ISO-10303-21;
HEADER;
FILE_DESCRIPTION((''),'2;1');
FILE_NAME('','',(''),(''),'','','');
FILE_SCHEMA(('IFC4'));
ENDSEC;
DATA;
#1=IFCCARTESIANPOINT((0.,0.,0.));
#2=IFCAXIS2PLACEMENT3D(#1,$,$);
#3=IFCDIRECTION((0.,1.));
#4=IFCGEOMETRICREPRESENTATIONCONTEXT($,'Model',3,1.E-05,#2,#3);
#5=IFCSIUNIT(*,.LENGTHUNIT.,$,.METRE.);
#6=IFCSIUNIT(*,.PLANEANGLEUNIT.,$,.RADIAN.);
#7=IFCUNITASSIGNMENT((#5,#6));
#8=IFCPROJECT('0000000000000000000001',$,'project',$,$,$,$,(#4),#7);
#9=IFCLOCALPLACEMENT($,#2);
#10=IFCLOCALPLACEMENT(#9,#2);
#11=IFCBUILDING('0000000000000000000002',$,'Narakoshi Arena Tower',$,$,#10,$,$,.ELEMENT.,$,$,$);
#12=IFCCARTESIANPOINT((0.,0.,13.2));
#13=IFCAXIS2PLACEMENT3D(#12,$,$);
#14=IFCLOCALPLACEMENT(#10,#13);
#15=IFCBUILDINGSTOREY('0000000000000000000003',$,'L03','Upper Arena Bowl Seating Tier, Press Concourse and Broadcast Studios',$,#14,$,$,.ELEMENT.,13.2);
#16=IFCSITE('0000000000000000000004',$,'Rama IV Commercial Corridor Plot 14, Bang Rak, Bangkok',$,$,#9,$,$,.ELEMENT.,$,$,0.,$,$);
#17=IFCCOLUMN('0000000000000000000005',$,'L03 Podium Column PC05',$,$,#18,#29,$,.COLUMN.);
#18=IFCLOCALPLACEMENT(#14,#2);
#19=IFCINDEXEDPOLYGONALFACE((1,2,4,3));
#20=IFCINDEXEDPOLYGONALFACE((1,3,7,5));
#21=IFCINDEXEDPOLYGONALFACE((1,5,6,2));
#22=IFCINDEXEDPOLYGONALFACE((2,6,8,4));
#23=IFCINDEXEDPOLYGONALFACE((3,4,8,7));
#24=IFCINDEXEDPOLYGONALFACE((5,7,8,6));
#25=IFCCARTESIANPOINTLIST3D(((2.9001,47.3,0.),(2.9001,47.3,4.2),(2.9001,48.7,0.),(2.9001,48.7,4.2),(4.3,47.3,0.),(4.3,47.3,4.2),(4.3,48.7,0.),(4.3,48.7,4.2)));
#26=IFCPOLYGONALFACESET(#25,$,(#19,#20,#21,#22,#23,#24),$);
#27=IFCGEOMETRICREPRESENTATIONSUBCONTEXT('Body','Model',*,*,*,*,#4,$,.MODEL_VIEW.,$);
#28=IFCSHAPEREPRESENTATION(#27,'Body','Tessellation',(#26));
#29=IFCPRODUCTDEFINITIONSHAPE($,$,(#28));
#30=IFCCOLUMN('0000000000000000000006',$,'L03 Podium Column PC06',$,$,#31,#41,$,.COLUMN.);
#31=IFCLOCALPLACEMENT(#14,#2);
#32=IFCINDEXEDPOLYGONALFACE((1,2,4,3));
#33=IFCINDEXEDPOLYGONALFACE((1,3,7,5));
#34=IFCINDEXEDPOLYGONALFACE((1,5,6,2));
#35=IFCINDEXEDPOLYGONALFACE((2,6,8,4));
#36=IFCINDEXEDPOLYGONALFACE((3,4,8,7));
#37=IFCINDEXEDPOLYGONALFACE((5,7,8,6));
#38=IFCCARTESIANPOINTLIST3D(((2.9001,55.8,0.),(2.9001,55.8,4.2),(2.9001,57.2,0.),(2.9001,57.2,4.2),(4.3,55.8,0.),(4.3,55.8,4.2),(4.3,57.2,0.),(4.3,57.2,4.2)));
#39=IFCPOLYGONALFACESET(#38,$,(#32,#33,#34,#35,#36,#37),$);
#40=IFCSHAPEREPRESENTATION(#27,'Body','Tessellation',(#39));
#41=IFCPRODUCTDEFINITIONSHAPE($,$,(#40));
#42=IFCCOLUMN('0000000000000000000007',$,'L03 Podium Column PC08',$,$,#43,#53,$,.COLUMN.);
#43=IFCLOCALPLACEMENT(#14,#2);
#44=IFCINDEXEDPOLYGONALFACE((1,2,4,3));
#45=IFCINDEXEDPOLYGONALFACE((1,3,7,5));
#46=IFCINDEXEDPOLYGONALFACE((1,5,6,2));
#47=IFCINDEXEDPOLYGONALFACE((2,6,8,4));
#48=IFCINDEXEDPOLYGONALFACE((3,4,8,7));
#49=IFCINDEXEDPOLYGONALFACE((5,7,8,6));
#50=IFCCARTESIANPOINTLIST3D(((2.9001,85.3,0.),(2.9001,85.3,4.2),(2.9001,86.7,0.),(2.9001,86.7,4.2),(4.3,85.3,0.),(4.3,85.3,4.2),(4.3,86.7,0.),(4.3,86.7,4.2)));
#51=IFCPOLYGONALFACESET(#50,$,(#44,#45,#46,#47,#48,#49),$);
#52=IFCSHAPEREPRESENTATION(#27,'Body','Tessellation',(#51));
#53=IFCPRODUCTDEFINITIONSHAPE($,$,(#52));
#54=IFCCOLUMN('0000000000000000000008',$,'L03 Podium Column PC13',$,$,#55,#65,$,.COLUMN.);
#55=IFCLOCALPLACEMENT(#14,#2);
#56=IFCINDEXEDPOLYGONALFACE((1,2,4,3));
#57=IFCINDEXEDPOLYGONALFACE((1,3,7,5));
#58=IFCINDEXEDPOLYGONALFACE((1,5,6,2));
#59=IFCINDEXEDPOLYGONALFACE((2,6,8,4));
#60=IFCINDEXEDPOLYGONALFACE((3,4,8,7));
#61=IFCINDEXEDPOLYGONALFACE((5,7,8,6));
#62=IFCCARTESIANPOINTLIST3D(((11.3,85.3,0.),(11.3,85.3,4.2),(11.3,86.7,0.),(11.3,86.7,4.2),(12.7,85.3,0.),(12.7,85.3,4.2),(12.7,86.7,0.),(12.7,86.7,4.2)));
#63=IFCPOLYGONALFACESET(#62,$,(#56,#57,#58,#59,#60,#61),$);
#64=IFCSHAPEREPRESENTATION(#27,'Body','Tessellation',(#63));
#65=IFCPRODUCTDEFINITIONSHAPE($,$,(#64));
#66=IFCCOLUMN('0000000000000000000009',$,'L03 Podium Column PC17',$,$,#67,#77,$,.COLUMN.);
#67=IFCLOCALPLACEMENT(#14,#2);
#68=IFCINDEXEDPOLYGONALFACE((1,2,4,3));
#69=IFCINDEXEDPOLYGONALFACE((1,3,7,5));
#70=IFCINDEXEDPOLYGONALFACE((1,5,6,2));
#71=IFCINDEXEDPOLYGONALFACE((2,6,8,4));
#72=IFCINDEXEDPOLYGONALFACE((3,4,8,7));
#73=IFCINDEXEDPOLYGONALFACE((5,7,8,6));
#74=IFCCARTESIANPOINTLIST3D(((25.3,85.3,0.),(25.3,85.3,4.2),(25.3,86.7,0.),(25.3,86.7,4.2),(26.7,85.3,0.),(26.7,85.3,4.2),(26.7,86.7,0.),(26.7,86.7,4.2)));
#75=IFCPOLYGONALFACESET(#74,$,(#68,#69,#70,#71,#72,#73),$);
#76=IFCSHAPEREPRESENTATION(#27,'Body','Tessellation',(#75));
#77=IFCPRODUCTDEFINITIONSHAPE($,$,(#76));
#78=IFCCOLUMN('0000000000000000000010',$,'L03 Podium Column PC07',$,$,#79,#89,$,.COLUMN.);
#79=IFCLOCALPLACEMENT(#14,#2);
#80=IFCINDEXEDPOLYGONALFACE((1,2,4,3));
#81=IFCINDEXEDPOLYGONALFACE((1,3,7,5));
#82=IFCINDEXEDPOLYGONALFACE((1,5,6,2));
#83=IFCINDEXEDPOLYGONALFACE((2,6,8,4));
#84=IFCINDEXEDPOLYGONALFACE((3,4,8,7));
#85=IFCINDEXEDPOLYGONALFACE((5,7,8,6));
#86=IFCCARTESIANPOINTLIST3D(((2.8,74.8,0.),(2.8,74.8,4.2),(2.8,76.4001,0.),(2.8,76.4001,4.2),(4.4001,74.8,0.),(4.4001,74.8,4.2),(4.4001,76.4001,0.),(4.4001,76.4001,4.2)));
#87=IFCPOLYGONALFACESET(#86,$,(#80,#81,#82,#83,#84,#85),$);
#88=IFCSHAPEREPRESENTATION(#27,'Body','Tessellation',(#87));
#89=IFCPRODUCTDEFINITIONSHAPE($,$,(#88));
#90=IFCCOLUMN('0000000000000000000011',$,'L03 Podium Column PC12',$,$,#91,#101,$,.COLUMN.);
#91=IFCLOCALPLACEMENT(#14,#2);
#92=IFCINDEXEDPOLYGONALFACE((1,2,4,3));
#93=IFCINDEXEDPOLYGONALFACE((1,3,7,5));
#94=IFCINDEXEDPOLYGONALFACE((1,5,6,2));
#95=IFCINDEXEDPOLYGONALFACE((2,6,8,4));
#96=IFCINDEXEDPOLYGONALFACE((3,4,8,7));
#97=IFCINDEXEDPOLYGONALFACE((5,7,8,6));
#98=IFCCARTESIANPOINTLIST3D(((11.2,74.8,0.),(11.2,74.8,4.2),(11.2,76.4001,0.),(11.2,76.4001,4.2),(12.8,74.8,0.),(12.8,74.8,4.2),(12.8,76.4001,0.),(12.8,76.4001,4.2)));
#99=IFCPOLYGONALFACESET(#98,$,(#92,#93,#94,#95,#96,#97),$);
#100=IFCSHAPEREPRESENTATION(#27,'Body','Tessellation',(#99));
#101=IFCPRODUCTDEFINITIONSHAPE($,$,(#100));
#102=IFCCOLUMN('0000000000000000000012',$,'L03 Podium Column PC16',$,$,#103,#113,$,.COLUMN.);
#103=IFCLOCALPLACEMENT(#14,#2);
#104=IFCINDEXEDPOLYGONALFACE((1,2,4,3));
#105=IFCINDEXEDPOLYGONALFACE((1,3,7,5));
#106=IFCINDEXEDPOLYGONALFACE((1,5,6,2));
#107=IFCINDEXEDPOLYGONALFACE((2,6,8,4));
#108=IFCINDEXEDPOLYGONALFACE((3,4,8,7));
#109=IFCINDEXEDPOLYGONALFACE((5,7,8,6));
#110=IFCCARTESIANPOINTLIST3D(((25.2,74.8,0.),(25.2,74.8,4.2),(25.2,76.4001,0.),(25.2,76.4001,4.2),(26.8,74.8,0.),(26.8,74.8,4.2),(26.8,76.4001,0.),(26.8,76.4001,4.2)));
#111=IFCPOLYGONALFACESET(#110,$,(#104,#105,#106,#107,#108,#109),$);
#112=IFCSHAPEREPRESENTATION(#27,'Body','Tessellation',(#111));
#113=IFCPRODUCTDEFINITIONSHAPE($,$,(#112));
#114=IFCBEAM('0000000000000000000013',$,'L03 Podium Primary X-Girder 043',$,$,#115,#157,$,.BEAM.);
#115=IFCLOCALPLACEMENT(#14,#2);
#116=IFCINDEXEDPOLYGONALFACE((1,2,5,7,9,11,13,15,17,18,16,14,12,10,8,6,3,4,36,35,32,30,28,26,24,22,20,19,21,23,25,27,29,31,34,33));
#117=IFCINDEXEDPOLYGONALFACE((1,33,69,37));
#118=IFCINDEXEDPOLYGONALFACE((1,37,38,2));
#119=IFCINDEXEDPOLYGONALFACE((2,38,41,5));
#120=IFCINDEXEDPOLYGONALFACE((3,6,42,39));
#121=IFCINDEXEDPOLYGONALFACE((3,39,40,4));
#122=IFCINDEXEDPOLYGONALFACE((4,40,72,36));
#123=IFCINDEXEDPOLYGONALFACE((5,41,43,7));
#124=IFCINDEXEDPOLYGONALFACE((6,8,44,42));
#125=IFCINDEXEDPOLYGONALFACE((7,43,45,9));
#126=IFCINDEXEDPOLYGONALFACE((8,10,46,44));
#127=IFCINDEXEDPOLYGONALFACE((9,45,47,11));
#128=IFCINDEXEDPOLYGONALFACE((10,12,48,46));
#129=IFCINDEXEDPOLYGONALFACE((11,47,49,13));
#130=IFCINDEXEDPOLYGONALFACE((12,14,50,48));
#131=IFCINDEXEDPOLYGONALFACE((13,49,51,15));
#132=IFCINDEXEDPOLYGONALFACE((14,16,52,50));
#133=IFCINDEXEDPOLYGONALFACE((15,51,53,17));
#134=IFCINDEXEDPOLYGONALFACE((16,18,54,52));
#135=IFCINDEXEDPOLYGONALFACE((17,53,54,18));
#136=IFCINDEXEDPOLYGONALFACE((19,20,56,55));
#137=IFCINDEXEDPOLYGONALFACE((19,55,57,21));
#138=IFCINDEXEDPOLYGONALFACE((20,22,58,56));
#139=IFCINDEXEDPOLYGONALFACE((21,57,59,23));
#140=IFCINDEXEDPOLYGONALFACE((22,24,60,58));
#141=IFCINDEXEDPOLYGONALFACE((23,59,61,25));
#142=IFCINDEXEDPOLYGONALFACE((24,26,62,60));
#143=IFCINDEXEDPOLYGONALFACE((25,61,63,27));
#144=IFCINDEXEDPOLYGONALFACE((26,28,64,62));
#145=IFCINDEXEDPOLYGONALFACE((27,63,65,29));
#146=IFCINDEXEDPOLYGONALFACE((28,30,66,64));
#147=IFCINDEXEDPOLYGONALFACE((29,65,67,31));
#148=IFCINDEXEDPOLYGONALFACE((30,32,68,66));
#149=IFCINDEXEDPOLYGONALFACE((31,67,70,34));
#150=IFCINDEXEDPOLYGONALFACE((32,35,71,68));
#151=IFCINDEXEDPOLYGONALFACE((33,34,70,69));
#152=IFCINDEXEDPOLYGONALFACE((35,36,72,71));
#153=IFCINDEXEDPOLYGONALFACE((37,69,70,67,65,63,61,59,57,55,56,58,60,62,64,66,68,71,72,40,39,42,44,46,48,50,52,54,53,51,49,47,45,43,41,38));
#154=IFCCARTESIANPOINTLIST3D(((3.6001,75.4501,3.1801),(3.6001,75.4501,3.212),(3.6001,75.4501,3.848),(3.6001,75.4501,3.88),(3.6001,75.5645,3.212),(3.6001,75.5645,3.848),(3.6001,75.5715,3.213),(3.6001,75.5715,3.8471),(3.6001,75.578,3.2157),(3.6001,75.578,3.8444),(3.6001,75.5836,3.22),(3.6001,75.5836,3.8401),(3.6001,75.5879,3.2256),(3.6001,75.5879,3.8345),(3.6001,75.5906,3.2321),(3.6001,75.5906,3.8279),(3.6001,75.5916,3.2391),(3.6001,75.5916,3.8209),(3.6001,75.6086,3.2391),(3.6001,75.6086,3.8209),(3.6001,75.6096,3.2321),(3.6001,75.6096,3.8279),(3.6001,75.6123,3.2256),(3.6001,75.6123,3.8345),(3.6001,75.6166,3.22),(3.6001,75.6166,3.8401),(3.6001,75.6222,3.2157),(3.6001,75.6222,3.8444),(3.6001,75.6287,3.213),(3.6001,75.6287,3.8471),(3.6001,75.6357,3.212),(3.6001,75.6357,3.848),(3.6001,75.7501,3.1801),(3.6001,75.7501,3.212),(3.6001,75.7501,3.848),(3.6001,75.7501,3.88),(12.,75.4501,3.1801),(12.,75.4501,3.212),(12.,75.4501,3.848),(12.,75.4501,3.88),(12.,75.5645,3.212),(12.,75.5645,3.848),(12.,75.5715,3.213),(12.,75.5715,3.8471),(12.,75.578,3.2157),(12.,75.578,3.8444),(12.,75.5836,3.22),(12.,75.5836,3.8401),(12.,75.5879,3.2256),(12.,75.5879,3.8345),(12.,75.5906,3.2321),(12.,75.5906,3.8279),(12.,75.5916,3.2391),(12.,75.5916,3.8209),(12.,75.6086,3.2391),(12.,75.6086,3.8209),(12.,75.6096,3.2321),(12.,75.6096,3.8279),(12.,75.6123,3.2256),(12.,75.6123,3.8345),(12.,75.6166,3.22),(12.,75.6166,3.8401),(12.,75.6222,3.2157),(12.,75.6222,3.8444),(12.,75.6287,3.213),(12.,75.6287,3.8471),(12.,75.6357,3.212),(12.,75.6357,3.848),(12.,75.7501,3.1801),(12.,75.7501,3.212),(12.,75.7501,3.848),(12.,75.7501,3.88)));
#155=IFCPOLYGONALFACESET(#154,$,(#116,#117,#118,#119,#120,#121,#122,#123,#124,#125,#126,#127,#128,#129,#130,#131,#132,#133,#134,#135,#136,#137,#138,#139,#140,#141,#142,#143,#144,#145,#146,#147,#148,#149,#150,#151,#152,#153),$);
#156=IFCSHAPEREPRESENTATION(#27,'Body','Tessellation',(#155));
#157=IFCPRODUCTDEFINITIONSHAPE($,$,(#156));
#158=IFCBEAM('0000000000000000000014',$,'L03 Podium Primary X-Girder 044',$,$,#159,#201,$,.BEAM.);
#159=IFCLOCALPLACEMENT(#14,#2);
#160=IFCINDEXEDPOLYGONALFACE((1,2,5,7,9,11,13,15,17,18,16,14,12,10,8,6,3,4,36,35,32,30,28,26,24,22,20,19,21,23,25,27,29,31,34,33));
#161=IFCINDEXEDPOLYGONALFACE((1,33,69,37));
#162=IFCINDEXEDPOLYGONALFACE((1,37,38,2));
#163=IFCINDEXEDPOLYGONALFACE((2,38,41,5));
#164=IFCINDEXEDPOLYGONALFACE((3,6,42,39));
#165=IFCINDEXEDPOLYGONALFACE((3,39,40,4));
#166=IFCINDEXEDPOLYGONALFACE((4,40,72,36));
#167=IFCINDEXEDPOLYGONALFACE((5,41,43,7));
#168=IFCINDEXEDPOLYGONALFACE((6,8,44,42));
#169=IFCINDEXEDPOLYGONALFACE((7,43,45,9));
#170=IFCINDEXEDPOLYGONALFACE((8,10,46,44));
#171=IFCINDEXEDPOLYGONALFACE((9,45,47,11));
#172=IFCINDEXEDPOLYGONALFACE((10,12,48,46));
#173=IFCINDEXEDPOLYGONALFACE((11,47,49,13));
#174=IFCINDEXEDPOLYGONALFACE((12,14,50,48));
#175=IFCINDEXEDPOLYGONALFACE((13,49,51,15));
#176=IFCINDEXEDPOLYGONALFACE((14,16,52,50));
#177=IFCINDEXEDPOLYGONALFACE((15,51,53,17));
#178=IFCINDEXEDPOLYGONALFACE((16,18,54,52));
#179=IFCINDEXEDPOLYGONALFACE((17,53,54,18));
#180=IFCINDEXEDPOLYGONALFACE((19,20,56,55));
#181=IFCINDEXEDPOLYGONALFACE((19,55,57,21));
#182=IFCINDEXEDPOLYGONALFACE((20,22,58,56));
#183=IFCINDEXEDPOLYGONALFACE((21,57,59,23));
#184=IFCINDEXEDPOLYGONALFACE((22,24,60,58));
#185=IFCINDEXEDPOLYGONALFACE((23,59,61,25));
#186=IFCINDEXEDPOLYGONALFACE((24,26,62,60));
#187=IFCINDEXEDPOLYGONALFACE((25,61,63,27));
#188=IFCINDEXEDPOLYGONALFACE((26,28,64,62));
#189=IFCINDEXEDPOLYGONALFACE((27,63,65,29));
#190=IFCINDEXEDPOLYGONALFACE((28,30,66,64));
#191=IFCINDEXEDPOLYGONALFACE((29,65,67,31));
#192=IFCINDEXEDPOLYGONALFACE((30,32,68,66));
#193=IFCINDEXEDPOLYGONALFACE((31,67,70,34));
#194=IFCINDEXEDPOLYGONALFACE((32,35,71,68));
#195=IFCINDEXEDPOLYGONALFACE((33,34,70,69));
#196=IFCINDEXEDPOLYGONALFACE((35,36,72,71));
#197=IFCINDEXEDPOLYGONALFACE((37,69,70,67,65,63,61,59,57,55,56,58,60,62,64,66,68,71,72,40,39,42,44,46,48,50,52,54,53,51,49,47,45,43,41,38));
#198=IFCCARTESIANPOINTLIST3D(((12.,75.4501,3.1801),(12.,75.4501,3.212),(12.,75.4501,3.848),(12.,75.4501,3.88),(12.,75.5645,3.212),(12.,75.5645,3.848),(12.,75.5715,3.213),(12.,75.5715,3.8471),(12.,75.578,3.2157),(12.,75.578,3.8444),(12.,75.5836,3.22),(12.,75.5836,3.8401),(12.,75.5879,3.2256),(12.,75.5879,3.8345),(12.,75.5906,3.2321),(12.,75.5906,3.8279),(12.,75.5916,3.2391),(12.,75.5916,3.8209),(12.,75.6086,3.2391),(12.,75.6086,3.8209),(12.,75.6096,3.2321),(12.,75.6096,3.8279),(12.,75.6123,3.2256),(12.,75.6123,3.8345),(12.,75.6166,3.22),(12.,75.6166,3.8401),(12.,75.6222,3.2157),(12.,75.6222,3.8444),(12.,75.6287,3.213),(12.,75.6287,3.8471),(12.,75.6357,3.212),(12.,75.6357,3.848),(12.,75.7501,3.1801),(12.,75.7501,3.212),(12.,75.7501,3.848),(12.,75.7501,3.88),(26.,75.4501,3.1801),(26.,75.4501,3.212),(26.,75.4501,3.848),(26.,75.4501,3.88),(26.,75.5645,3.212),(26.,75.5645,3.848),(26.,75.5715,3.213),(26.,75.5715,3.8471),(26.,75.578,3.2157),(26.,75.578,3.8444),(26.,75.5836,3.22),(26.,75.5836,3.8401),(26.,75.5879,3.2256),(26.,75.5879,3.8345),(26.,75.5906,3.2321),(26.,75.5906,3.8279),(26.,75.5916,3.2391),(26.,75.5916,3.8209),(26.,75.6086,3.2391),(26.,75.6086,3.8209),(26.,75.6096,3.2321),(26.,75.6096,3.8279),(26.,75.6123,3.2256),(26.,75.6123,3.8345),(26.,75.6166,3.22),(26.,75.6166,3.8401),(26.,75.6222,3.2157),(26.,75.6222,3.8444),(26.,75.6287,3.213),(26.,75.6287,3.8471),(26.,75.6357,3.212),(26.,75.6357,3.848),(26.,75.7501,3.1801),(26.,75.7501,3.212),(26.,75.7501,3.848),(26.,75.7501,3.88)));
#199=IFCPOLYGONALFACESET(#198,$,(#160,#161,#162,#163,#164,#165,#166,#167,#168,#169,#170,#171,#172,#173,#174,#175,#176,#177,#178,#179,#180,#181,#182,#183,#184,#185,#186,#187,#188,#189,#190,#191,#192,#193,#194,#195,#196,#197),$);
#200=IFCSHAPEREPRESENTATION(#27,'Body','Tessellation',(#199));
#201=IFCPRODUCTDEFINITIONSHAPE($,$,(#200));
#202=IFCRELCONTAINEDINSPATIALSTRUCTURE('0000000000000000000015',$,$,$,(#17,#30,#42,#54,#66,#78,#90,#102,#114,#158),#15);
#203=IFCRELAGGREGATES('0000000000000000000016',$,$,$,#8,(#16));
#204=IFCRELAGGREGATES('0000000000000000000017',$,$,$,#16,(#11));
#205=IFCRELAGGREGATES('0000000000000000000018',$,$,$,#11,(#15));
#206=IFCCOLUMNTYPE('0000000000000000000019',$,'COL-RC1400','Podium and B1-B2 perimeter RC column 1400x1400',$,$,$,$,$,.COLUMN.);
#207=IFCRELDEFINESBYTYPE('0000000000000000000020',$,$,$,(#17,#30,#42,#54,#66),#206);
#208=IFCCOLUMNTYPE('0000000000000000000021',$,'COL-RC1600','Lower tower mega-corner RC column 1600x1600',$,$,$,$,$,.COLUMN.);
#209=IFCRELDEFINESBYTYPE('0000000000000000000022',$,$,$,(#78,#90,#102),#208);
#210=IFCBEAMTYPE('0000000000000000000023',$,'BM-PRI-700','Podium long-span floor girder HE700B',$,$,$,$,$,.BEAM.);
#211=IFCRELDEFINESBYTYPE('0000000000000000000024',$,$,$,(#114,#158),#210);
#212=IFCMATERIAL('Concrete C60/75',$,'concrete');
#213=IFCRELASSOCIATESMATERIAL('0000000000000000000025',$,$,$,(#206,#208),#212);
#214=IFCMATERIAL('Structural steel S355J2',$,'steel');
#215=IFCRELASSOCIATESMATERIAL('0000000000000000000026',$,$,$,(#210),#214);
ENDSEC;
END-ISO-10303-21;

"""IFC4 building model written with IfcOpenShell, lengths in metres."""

from ifc_helpers import new_model, si_unit, direction, frame, origin, origin_2d, place, context, subcontext, project, spatial, rectangle, i_section, extrude, material, material_profile, profile_set, type_object, element, save


model = new_model("IFC4")

# Units and contexts
model_context = context("Model", 3, precision=1e-05, world=origin(), true_north=direction((0.0, 1.0)))
body_context = subcontext(model_context, "Body", "Model", "MODEL_VIEW")
ifc_project = project(units=[si_unit("LENGTHUNIT", "METRE"), si_unit("PLANEANGLEUNIT", "RADIAN")], contexts=[model_context])

# Site, building, storey
site_placement = place(None, origin())
site = spatial("IfcSite", under=ifc_project, at=site_placement, Name="Rama IV Commercial Corridor Plot 14, Bang Rak, Bangkok", CompositionType="ELEMENT", RefElevation=0.0)
building_placement = place(site_placement, origin())
building = spatial("IfcBuilding", under=site, at=building_placement, Name="Narakoshi Arena Tower", CompositionType="ELEMENT")
storey_placement = place(building_placement, frame((0.0, 0.0, 13.2)))
storey = spatial("IfcBuildingStorey", under=building, at=storey_placement, Name="L03", Description="Upper Arena Bowl Seating Tier, Press Concourse and Broadcast Studios", CompositionType="ELEMENT", Elevation=13.2)

# Columns
ifc_material_1 = material(Name="Concrete C60/75", Category="concrete")
ifc_material_profile_1 = material_profile(ifc_material_1, rectangle(XDim=1.3999, YDim=1.3999, at=origin_2d()), Name="RC1400x1400")
ifc_profile_set_1 = profile_set([ifc_material_profile_1], Name="Concrete C60/75")
column_type_1 = type_object("IfcColumnType", Name="COL-RC1400", Description="Podium and B1-B2 perimeter RC column 1400x1400", PredefinedType="COLUMN", material=ifc_profile_set_1)
for number, where, z_axis, x_axis, name in (
    (1, (3.6001, 48.0, 0.0), (0.0, 0.0, 1.0), (1.0, 0.0, 0.0), "L03 Podium Column PC05"),
    (2, (3.6001, 56.5, 0.0), (0.0, 0.0, 1.0), (1.0, 0.0, 0.0), "L03 Podium Column PC06"),
    (3, (3.6001, 86.0, 0.0), (0.0, 0.0, 1.0), (1.0, 0.0, 0.0), "L03 Podium Column PC08"),
    (4, (12.0, 86.0, 0.0), (0.0, 0.0, 1.0), (1.0, 0.0, 0.0), "L03 Podium Column PC13"),
    (5, (26.0, 86.0, 0.0), (0.0, 0.0, 1.0), (1.0, 0.0, 0.0), "L03 Podium Column PC17"),
):
    element("IfcColumn", number, at=place(storey_placement, frame(where, z_axis=z_axis, x_axis=x_axis)), inside=storey, type_object=column_type_1, Name=name, PredefinedType="COLUMN", context=body_context, shape_type="SweptSolid", body=[
        extrude(rectangle(XDim=1.3999, YDim=1.3999, at=origin_2d()), origin(), (0.0, 0.0, 1.0), 4.2),
    ])
ifc_material_profile_2 = material_profile(ifc_material_1, rectangle(XDim=1.6001, YDim=1.6001, at=origin_2d()), Name="RC1600x1600")
ifc_profile_set_2 = profile_set([ifc_material_profile_2], Name="Concrete C60/75")
column_type_2 = type_object("IfcColumnType", Name="COL-RC1600", Description="Lower tower mega-corner RC column 1600x1600", PredefinedType="COLUMN", material=ifc_profile_set_2)
for number, where, z_axis, x_axis, name in (
    (6, (3.6001, 75.6001, 0.0), (0.0, 0.0, 1.0), (1.0, 0.0, 0.0), "L03 Podium Column PC07"),
    (7, (12.0, 75.6001, 0.0), (0.0, 0.0, 1.0), (1.0, 0.0, 0.0), "L03 Podium Column PC12"),
    (8, (26.0, 75.6001, 0.0), (0.0, 0.0, 1.0), (1.0, 0.0, 0.0), "L03 Podium Column PC16"),
):
    element("IfcColumn", number, at=place(storey_placement, frame(where, z_axis=z_axis, x_axis=x_axis)), inside=storey, type_object=column_type_2, Name=name, PredefinedType="COLUMN", context=body_context, shape_type="SweptSolid", body=[
        extrude(rectangle(XDim=1.6001, YDim=1.6001, at=origin_2d()), origin(), (0.0, 0.0, 1.0), 4.2),
    ])

# Beams
ifc_material_2 = material(Name="Structural steel S355J2", Category="steel")
ifc_material_profile_3 = material_profile(ifc_material_2, i_section(OverallWidth=0.3, OverallDepth=0.7, WebThickness=0.0171, FlangeThickness=0.032, FilletRadius=0.0271, at=origin_2d()), Name="HE700B")
ifc_profile_set_3 = profile_set([ifc_material_profile_3], Name="Structural steel S355J2")
beam_type_1 = type_object("IfcBeamType", Name="BM-PRI-700", Description="Podium long-span floor girder HE700B", PredefinedType="BEAM", material=ifc_profile_set_3)
beam_1_placement = place(storey_placement, frame((3.6001, 75.6001, 3.53), z_axis=(1.0, 0.0, 0.0), x_axis=(0.0, 1.0, 0.0)))
element("IfcBeam", 9, at=beam_1_placement, inside=storey, type_object=beam_type_1, Name="L03 Podium Primary X-Girder 043", PredefinedType="BEAM", context=body_context, shape_type="SweptSolid", body=[
    extrude(i_section(OverallWidth=0.3, OverallDepth=0.7, WebThickness=0.0171, FlangeThickness=0.032, FilletRadius=0.0271, at=origin_2d()), origin(), (0.0, 0.0, 1.0), 8.3999),
])
for number, where, z_axis, x_axis, name in (
    (10, (12.0, 75.6001, 3.53), (1.0, 0.0, 0.0), (0.0, 1.0, 0.0), "L03 Podium Primary X-Girder 044"),
):
    element("IfcBeam", number, at=place(storey_placement, frame(where, z_axis=z_axis, x_axis=x_axis)), inside=storey, type_object=beam_type_1, Name=name, PredefinedType="BEAM", context=body_context, shape_type="SweptSolid", body=[
        extrude(i_section(OverallWidth=0.3, OverallDepth=0.7, WebThickness=0.0171, FlangeThickness=0.032, FilletRadius=0.0271, at=origin_2d()), origin(), (0.0, 0.0, 1.0), 14.0),
    ])

save(model, "model.ifc")
